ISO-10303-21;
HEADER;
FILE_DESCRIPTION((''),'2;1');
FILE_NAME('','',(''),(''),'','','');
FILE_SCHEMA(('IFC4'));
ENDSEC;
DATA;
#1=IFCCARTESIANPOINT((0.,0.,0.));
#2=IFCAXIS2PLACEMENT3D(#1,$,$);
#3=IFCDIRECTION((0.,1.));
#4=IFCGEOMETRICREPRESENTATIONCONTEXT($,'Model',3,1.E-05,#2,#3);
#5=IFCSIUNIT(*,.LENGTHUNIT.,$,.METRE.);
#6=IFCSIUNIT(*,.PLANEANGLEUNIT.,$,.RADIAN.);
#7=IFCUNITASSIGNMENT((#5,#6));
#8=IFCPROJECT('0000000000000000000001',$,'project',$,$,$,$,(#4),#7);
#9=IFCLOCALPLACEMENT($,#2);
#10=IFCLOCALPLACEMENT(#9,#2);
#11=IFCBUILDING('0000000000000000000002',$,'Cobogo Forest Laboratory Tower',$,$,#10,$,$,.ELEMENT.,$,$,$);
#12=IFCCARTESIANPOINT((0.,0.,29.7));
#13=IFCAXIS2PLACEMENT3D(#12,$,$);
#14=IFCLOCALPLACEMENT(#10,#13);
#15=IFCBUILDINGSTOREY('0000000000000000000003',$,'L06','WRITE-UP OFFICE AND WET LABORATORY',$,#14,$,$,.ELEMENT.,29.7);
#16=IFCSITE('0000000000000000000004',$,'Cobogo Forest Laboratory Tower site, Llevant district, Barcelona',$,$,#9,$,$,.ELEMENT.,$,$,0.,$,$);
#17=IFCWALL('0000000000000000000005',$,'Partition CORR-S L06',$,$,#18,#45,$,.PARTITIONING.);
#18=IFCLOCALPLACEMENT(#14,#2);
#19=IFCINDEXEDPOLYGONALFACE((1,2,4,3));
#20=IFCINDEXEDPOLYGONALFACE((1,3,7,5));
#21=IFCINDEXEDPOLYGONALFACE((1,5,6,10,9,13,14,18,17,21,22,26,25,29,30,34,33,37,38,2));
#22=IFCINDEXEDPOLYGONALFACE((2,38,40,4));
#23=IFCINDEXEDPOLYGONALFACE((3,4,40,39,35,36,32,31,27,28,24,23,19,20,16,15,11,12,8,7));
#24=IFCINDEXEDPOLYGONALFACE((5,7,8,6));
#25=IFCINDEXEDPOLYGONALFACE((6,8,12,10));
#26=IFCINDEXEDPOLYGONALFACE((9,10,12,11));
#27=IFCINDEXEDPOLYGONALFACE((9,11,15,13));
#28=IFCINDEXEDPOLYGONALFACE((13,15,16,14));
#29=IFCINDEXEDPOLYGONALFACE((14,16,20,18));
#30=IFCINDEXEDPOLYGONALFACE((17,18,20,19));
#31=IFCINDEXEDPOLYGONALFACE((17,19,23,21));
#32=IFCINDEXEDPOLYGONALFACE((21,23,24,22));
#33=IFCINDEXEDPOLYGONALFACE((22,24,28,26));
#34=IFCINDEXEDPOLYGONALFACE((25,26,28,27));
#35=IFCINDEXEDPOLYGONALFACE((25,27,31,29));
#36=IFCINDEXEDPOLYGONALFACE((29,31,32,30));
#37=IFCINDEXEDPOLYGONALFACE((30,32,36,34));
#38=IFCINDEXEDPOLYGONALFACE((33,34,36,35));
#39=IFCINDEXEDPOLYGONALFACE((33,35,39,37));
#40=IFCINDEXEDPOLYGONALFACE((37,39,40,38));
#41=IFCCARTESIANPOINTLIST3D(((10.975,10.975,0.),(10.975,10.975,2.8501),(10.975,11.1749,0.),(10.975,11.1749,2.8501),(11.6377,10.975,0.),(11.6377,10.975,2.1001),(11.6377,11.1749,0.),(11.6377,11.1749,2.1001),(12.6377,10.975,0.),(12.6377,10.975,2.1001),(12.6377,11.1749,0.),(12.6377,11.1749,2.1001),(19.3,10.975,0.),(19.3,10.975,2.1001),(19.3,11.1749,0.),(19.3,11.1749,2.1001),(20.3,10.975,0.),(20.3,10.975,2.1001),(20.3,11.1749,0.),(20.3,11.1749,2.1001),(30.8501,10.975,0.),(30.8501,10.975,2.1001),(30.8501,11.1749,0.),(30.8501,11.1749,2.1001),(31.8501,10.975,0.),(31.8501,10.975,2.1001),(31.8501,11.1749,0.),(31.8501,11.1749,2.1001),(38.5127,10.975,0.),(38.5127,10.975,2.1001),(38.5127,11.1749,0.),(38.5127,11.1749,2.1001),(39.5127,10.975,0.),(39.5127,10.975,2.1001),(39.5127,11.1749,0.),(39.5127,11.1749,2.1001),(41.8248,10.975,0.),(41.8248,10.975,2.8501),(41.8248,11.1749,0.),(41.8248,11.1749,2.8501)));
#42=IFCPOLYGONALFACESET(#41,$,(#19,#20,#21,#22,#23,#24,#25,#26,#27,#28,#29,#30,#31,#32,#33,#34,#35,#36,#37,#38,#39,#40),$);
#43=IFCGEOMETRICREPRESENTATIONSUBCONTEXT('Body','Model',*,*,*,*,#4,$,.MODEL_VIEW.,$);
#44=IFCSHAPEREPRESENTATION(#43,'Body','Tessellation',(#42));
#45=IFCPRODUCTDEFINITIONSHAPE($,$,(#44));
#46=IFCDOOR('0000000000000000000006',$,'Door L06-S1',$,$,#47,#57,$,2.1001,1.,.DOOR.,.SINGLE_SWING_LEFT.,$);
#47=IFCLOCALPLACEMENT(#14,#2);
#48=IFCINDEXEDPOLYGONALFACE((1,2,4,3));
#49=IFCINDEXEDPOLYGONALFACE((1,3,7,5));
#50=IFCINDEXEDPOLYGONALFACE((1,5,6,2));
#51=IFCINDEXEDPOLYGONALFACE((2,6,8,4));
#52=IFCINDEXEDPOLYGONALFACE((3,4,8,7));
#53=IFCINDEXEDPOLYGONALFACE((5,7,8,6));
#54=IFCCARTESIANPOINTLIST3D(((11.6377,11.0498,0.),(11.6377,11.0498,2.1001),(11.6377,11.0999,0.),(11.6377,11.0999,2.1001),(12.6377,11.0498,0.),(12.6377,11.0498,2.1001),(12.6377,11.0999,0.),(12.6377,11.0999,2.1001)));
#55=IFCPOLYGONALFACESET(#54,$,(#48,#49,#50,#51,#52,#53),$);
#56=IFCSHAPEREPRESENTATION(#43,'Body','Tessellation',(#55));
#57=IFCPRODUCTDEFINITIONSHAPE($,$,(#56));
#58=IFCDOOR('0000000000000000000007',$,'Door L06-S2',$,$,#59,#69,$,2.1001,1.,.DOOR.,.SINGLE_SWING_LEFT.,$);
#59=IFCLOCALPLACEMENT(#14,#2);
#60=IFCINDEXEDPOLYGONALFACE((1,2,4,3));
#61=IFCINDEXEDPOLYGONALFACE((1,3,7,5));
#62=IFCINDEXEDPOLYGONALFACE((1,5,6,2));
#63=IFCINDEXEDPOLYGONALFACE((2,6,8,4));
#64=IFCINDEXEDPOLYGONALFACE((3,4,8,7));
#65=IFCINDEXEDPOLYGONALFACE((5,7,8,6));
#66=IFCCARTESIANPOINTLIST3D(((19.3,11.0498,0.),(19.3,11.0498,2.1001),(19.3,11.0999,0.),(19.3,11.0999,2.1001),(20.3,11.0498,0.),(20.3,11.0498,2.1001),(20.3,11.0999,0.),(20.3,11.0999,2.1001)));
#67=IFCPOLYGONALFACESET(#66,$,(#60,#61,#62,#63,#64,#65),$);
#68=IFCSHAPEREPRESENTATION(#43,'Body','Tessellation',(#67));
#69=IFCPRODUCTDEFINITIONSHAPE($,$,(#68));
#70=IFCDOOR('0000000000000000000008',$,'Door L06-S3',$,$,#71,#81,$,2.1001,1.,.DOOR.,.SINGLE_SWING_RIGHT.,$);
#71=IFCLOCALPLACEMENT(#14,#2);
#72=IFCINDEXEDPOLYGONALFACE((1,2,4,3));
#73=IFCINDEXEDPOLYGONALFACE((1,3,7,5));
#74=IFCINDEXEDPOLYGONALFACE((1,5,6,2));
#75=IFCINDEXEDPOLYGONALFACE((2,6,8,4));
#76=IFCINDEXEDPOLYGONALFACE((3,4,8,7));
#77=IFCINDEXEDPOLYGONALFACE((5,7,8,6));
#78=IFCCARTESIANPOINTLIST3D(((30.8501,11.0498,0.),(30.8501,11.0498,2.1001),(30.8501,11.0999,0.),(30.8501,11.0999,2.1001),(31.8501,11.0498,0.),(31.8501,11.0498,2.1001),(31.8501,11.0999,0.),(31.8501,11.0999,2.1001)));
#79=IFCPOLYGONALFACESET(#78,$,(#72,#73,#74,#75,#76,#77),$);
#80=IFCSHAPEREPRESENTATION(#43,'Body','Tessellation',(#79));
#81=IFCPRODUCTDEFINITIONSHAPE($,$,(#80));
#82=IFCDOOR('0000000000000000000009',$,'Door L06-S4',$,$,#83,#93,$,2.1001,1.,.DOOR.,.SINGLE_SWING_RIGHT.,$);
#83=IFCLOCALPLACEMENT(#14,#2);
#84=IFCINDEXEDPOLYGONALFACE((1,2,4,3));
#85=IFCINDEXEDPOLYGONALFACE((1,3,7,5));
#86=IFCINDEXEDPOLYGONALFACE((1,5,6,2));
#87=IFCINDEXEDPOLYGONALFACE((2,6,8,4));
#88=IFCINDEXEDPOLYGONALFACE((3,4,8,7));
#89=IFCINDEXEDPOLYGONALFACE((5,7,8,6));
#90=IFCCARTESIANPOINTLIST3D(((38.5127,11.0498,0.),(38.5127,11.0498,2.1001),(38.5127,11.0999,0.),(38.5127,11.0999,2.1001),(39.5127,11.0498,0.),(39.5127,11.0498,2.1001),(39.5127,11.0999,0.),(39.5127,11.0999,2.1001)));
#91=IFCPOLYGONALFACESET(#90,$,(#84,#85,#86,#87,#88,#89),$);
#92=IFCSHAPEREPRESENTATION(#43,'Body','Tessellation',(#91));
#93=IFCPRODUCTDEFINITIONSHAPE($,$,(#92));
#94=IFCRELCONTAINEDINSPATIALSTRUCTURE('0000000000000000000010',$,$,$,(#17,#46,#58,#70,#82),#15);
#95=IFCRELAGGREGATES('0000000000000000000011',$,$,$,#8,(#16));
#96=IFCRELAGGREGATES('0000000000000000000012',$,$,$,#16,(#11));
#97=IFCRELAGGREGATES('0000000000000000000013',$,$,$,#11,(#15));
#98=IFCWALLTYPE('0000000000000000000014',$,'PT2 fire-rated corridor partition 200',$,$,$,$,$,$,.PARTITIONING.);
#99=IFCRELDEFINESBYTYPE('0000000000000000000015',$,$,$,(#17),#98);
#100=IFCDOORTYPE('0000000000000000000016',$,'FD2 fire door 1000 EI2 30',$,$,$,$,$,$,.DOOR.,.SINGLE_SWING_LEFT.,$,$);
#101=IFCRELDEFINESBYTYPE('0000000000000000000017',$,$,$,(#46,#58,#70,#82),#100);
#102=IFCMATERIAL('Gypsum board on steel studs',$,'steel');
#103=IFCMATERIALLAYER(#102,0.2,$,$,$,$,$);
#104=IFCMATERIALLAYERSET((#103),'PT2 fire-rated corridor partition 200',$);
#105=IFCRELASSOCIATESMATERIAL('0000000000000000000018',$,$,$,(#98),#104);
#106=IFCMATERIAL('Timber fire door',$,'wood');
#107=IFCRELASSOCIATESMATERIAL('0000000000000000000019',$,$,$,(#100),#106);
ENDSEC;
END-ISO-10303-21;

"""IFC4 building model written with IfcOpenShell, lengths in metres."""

from ifc_helpers import new_model, si_unit, direction, frame, frame_2d, origin, place, context, subcontext, project, spatial, rectangle, extrude, material, layer, layer_set, type_object, element, fill, save


model = new_model("IFC4")

# Units and contexts
model_context = context("Model", 3, precision=1e-05, world=origin(), true_north=direction((0.0, 1.0)))
body_context = subcontext(model_context, "Body", "Model", "MODEL_VIEW")
ifc_project = project(units=[si_unit("LENGTHUNIT", "METRE"), si_unit("PLANEANGLEUNIT", "RADIAN")], contexts=[model_context])

# Site, building, storey
site_placement = place(None, origin())
site = spatial("IfcSite", under=ifc_project, at=site_placement, Name="Cobogo Forest Laboratory Tower site, Llevant district, Barcelona", CompositionType="ELEMENT", RefElevation=0.0)
building_placement = place(site_placement, origin())
building = spatial("IfcBuilding", under=site, at=building_placement, Name="Cobogo Forest Laboratory Tower", CompositionType="ELEMENT")
storey_placement = place(building_placement, frame((0.0, 0.0, 29.7)))
storey = spatial("IfcBuildingStorey", under=building, at=storey_placement, Name="L06", Description="WRITE-UP OFFICE AND WET LABORATORY", CompositionType="ELEMENT", Elevation=29.7)

# Wall, openings, doors
ifc_material_1 = material(Name="Gypsum board on steel studs", Category="steel")
ifc_layer_1 = layer(ifc_material_1, 0.2)
ifc_layer_set_1 = layer_set([ifc_layer_1], Name="PT2 fire-rated corridor partition 200")
wall_type = type_object("IfcWallType", Name="PT2 fire-rated corridor partition 200", PredefinedType="PARTITIONING", material=ifc_layer_set_1)
wall_1_placement = place(storey_placement, frame((10.9751, 11.075, 0.0), z_axis=(0.0, 0.0, 1.0), x_axis=(1.0, 0.0, 0.0)))
wall_1 = element("IfcWall", 1, at=wall_1_placement, inside=storey, type_object=wall_type, Name="Partition CORR-S L06", PredefinedType="PARTITIONING", context=body_context, shape_type="SweptSolid", body=[
    extrude(rectangle(XDim=30.8499, YDim=0.2, at=frame_2d((15.4248, 0.0))), origin(), (0.0, 0.0, 1.0), 2.8501),
])
opening_1_placement = place(wall_1_placement, frame((0.6626, 0.0, 0.0)))
opening_1 = element("IfcOpeningElement", 2, at=opening_1_placement, cuts=wall_1, PredefinedType="OPENING", context=body_context, shape_type="SweptSolid", body=[
    extrude(rectangle(XDim=1.0, YDim=2.1001, at=frame_2d((0.5, 1.05))), frame((0.0, 0.1099, 0.0), z_axis=(0.0, -1.0, 0.0), x_axis=(1.0, 0.0, 0.0)), (0.0, 0.0, 1.0), 0.22),
])
opening_2_placement = place(wall_1_placement, frame((8.325, 0.0, 0.0)))
opening_2 = element("IfcOpeningElement", 3, at=opening_2_placement, cuts=wall_1, PredefinedType="OPENING", context=body_context, shape_type="SweptSolid", body=[
    extrude(rectangle(XDim=1.0, YDim=2.1001, at=frame_2d((0.5, 1.05))), frame((0.0, 0.1099, 0.0), z_axis=(0.0, -1.0, 0.0), x_axis=(1.0, 0.0, 0.0)), (0.0, 0.0, 1.0), 0.22),
])
opening_3_placement = place(wall_1_placement, frame((19.875, 0.0, 0.0)))
opening_3 = element("IfcOpeningElement", 4, at=opening_3_placement, cuts=wall_1, PredefinedType="OPENING", context=body_context, shape_type="SweptSolid", body=[
    extrude(rectangle(XDim=1.0, YDim=2.1001, at=frame_2d((0.5, 1.05))), frame((0.0, 0.1099, 0.0), z_axis=(0.0, -1.0, 0.0), x_axis=(1.0, 0.0, 0.0)), (0.0, 0.0, 1.0), 0.22),
])
opening_4_placement = place(wall_1_placement, frame((27.5376, 0.0, 0.0)))
opening_4 = element("IfcOpeningElement", 5, at=opening_4_placement, cuts=wall_1, PredefinedType="OPENING", context=body_context, shape_type="SweptSolid", body=[
    extrude(rectangle(XDim=1.0, YDim=2.1001, at=frame_2d((0.5, 1.05))), frame((0.0, 0.1099, 0.0), z_axis=(0.0, -1.0, 0.0), x_axis=(1.0, 0.0, 0.0)), (0.0, 0.0, 1.0), 0.22),
])
ifc_material_2 = material(Name="Timber fire door", Category="wood")
door_type_1 = type_object("IfcDoorType", Name="FD2 fire door 1000 EI2 30", OperationType="SINGLE_SWING_LEFT", PredefinedType="DOOR", material=ifc_material_2)
door_1_placement = place(opening_1_placement, origin())
door_1 = element("IfcDoor", 6, at=door_1_placement, inside=storey, type_object=door_type_1, Name="Door L06-S1", OperationType="SINGLE_SWING_LEFT", OverallHeight=2.1001, OverallWidth=1.0, PredefinedType="DOOR", context=body_context, shape_type="SweptSolid", body=[
    extrude(rectangle(XDim=1.0, YDim=2.1001, at=frame_2d((0.5, 1.05))), frame((0.0, 0.0249, 0.0), z_axis=(0.0, -1.0, 0.0), x_axis=(1.0, 0.0, 0.0)), (0.0, 0.0, 1.0), 0.05),
])
fill(opening_1, door_1)
door_2_placement = place(opening_2_placement, origin())
door_2 = element("IfcDoor", 7, at=door_2_placement, inside=storey, type_object=door_type_1, Name="Door L06-S2", OperationType="SINGLE_SWING_LEFT", OverallHeight=2.1001, OverallWidth=1.0, PredefinedType="DOOR", context=body_context, shape_type="SweptSolid", body=[
    extrude(rectangle(XDim=1.0, YDim=2.1001, at=frame_2d((0.5, 1.05))), frame((0.0, 0.0249, 0.0), z_axis=(0.0, -1.0, 0.0), x_axis=(1.0, 0.0, 0.0)), (0.0, 0.0, 1.0), 0.05),
])
fill(opening_2, door_2)
door_3_placement = place(opening_3_placement, origin())
door_3 = element("IfcDoor", 8, at=door_3_placement, inside=storey, type_object=door_type_1, Name="Door L06-S3", OperationType="SINGLE_SWING_RIGHT", OverallHeight=2.1001, OverallWidth=1.0, PredefinedType="DOOR", context=body_context, shape_type="SweptSolid", body=[
    extrude(rectangle(XDim=1.0, YDim=2.1001, at=frame_2d((0.5, 1.05))), frame((0.0, 0.0249, 0.0), z_axis=(0.0, -1.0, 0.0), x_axis=(1.0, 0.0, 0.0)), (0.0, 0.0, 1.0), 0.05),
])
fill(opening_3, door_3)
door_4_placement = place(opening_4_placement, origin())
door_4 = element("IfcDoor", 9, at=door_4_placement, inside=storey, type_object=door_type_1, Name="Door L06-S4", OperationType="SINGLE_SWING_RIGHT", OverallHeight=2.1001, OverallWidth=1.0, PredefinedType="DOOR", context=body_context, shape_type="SweptSolid", body=[
    extrude(rectangle(XDim=1.0, YDim=2.1001, at=frame_2d((0.5, 1.05))), frame((0.0, 0.0249, 0.0), z_axis=(0.0, -1.0, 0.0), x_axis=(1.0, 0.0, 0.0)), (0.0, 0.0, 1.0), 0.05),
])
fill(opening_4, door_4)

save(model, "model.ifc")
